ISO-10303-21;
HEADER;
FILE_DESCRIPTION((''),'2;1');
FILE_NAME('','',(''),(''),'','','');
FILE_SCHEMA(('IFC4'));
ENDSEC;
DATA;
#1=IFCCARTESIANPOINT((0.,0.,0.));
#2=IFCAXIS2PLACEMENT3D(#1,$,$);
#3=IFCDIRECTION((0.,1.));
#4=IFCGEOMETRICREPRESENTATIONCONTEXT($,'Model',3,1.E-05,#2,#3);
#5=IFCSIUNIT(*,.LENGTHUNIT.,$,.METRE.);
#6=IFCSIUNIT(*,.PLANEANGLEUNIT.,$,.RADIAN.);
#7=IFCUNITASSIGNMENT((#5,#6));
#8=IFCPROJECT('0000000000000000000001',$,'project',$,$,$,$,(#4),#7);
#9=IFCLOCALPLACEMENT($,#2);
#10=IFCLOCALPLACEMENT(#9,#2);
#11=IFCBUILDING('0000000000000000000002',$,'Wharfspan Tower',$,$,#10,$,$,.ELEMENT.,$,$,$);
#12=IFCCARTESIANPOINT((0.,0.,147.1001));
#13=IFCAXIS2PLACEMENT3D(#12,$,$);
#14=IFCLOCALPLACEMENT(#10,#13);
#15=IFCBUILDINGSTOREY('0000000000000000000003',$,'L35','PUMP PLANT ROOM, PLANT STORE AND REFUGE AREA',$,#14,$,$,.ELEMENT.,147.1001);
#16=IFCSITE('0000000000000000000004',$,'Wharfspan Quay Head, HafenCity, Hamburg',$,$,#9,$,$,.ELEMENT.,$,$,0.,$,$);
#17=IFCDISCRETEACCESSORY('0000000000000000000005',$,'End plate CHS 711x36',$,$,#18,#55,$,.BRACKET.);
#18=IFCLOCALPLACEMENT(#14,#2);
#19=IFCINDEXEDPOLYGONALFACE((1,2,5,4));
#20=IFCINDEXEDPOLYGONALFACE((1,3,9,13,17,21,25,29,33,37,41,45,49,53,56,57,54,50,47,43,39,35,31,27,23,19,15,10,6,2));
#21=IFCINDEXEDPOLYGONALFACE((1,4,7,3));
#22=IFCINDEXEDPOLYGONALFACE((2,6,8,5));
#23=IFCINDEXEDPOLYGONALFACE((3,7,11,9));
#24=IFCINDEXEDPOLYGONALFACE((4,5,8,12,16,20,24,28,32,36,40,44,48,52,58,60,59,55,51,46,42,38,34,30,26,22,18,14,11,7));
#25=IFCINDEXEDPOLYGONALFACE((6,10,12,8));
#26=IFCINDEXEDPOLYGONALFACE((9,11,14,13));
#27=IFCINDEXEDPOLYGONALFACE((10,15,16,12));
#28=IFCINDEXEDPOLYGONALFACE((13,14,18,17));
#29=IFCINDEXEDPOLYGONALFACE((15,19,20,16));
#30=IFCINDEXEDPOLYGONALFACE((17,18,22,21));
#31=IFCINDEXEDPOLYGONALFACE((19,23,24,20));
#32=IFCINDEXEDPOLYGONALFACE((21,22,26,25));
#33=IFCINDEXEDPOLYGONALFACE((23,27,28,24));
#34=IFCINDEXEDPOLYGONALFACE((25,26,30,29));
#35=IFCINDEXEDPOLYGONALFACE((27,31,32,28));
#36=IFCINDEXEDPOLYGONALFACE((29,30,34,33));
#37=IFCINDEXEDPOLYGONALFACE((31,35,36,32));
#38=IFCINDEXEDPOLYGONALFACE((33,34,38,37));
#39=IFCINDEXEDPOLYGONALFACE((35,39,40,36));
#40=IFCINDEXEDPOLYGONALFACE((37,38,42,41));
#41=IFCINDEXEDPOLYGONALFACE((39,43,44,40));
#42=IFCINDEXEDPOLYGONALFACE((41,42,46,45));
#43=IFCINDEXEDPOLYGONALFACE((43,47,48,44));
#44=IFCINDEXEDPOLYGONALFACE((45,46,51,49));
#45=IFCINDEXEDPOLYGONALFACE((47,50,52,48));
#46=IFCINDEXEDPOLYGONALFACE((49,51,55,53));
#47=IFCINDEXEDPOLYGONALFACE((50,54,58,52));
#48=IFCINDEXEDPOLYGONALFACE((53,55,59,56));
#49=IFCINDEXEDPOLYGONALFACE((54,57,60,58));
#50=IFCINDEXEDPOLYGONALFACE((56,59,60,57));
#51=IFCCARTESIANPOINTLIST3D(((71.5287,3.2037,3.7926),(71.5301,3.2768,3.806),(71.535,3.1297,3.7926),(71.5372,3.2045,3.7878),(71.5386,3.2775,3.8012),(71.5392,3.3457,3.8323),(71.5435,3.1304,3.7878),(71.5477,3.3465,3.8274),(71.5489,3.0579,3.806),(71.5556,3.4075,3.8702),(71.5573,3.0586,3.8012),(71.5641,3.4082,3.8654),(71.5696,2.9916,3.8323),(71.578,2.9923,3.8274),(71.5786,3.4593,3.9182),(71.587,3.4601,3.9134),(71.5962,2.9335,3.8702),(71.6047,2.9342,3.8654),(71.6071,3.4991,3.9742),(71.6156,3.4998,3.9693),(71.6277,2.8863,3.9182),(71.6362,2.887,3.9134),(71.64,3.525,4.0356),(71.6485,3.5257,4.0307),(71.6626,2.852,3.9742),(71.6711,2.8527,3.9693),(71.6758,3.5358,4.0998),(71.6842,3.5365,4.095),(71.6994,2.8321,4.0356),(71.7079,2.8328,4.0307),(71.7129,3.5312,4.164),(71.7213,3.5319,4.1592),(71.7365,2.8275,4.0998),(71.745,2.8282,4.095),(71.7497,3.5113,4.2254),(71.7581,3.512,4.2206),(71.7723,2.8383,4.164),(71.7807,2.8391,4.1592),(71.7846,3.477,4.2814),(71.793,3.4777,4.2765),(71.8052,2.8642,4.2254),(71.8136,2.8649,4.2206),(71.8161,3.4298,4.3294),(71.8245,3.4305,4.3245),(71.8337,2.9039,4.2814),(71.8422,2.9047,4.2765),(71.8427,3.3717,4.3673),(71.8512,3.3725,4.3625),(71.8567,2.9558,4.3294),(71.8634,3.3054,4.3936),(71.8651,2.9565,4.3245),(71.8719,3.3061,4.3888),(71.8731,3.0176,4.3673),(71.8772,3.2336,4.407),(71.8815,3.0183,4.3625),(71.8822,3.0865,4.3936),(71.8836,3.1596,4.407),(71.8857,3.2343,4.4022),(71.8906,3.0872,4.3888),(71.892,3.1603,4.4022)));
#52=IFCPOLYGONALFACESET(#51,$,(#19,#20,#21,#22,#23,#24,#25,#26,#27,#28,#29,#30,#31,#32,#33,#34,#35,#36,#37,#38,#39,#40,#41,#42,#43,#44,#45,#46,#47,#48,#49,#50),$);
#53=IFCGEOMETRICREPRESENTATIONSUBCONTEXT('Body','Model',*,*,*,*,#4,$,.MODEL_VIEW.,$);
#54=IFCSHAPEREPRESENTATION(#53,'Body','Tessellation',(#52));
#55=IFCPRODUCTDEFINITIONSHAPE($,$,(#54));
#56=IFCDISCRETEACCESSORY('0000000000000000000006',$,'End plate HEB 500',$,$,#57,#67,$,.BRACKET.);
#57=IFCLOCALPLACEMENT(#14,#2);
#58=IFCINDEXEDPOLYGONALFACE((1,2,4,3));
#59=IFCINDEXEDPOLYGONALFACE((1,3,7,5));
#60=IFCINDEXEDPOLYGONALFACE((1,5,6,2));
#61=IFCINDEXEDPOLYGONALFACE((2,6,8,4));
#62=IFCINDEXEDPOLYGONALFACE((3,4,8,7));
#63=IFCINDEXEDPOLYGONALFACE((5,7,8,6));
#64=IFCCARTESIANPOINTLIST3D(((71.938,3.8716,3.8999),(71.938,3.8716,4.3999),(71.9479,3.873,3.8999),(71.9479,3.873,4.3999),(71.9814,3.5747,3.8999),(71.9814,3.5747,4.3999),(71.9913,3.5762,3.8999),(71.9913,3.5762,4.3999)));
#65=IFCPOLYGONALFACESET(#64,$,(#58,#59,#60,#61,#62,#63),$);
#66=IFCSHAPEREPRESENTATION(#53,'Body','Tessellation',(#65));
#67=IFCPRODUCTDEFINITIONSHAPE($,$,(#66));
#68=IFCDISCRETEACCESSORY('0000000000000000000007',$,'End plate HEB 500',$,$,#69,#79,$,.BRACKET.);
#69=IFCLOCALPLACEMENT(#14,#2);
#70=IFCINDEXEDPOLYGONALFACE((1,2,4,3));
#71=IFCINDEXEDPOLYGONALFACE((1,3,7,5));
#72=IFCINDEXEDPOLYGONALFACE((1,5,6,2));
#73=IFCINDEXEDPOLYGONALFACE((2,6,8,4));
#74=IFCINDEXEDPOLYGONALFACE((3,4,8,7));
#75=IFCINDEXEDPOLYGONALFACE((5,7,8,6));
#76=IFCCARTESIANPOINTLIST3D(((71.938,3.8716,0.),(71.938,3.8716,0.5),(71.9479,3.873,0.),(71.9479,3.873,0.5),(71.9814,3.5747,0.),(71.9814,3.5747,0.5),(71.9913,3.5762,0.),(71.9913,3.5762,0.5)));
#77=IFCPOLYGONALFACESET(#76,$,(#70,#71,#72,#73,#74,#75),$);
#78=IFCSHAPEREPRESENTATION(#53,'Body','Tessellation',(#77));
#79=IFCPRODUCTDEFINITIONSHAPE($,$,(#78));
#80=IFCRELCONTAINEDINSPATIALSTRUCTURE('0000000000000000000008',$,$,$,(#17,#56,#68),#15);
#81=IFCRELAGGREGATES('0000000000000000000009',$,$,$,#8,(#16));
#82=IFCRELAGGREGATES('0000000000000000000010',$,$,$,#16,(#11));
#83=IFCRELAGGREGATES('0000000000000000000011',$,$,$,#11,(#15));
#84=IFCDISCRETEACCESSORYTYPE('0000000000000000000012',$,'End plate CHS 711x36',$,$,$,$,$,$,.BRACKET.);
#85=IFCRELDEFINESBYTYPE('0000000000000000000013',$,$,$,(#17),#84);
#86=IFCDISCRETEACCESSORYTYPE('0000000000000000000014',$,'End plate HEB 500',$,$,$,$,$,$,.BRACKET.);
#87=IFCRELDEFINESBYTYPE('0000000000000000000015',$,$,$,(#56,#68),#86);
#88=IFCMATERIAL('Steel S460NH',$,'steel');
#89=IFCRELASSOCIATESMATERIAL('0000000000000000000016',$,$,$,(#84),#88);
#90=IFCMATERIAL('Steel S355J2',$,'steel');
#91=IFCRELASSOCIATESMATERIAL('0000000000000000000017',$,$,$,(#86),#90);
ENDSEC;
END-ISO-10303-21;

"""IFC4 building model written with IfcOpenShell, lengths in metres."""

from ifc_helpers import new_model, si_unit, direction, frame, origin, origin_2d, place, context, subcontext, project, spatial, rectangle, circle, extrude, material, material_profile, profile_set, type_object, element, save


model = new_model("IFC4")

# Units and contexts
model_context = context("Model", 3, precision=1e-05, world=origin(), true_north=direction((0.0, 1.0)))
body_context = subcontext(model_context, "Body", "Model", "MODEL_VIEW")
ifc_project = project(units=[si_unit("LENGTHUNIT", "METRE"), si_unit("PLANEANGLEUNIT", "RADIAN")], contexts=[model_context])

# Site, building, storey
site_placement = place(None, origin())
site = spatial("IfcSite", under=ifc_project, at=site_placement, Name="Wharfspan Quay Head, HafenCity, Hamburg", CompositionType="ELEMENT", RefElevation=0.0)
building_placement = place(site_placement, origin())
building = spatial("IfcBuilding", under=site, at=building_placement, Name="Wharfspan Tower", CompositionType="ELEMENT")
storey_placement = place(building_placement, frame((0.0, 0.0, 147.1001)))
storey = spatial("IfcBuildingStorey", under=building, at=storey_placement, Name="L35", Description="PUMP PLANT ROOM, PLANT STORE AND REFUGE AREA", CompositionType="ELEMENT", Elevation=147.1001)

# Shared definitions
ifc_material_1 = material(Name="Steel S355J2", Category="steel")

# Shared definitions
ifc_material_2 = material(Name="Steel S460NH", Category="steel")

# Discrete accessories
ifc_material_profile_1 = material_profile(ifc_material_2, circle(Radius=0.3555, at=origin_2d()))
ifc_profile_set_1 = profile_set([ifc_material_profile_1], Name="Steel S460NH")
discrete_accessory_type_1 = type_object("IfcDiscreteAccessoryType", Name="End plate CHS 711x36", PredefinedType="BRACKET", material=ifc_profile_set_1)
discrete_accessory_1_placement = place(storey_placement, frame((71.7146, 3.1824, 4.095), z_axis=(-0.865849, -0.074216, 0.494771), x_axis=(0.085402, -0.996345, 0.000001)))
element("IfcDiscreteAccessory", 1, at=discrete_accessory_1_placement, inside=storey, type_object=discrete_accessory_type_1, Name="End plate CHS 711x36", PredefinedType="BRACKET", context=body_context, shape_type="SweptSolid", body=[
    extrude(circle(Radius=0.3555, at=origin_2d()), origin(), (0.0, 0.0, 1.0), 0.0098),
])
ifc_material_profile_2 = material_profile(ifc_material_1, rectangle(XDim=0.3, YDim=0.5, at=origin_2d()))
ifc_profile_set_2 = profile_set([ifc_material_profile_2], Name="Steel S355J2")
discrete_accessory_type_2 = type_object("IfcDiscreteAccessoryType", Name="End plate HEB 500", PredefinedType="BRACKET", material=ifc_profile_set_2)
for number, where, z_axis, x_axis, name in (
    (2, (71.9597, 3.7231, 4.1499), (0.989461, 0.144799, 0.0), (-0.144799, 0.989461, 0.0), "End plate HEB 500"),
    (3, (71.9597, 3.7231, 0.25), (0.989461, 0.144799, 0.0), (-0.144799, 0.989461, 0.0), "End plate HEB 500"),
):
    element("IfcDiscreteAccessory", number, at=place(storey_placement, frame(where, z_axis=z_axis, x_axis=x_axis)), inside=storey, type_object=discrete_accessory_type_2, Name=name, PredefinedType="BRACKET", context=body_context, shape_type="SweptSolid", body=[
        extrude(rectangle(XDim=0.3, YDim=0.5, at=origin_2d()), origin(), (0.0, 0.0, 1.0), 0.01),
    ])

save(model, "model.ifc")
